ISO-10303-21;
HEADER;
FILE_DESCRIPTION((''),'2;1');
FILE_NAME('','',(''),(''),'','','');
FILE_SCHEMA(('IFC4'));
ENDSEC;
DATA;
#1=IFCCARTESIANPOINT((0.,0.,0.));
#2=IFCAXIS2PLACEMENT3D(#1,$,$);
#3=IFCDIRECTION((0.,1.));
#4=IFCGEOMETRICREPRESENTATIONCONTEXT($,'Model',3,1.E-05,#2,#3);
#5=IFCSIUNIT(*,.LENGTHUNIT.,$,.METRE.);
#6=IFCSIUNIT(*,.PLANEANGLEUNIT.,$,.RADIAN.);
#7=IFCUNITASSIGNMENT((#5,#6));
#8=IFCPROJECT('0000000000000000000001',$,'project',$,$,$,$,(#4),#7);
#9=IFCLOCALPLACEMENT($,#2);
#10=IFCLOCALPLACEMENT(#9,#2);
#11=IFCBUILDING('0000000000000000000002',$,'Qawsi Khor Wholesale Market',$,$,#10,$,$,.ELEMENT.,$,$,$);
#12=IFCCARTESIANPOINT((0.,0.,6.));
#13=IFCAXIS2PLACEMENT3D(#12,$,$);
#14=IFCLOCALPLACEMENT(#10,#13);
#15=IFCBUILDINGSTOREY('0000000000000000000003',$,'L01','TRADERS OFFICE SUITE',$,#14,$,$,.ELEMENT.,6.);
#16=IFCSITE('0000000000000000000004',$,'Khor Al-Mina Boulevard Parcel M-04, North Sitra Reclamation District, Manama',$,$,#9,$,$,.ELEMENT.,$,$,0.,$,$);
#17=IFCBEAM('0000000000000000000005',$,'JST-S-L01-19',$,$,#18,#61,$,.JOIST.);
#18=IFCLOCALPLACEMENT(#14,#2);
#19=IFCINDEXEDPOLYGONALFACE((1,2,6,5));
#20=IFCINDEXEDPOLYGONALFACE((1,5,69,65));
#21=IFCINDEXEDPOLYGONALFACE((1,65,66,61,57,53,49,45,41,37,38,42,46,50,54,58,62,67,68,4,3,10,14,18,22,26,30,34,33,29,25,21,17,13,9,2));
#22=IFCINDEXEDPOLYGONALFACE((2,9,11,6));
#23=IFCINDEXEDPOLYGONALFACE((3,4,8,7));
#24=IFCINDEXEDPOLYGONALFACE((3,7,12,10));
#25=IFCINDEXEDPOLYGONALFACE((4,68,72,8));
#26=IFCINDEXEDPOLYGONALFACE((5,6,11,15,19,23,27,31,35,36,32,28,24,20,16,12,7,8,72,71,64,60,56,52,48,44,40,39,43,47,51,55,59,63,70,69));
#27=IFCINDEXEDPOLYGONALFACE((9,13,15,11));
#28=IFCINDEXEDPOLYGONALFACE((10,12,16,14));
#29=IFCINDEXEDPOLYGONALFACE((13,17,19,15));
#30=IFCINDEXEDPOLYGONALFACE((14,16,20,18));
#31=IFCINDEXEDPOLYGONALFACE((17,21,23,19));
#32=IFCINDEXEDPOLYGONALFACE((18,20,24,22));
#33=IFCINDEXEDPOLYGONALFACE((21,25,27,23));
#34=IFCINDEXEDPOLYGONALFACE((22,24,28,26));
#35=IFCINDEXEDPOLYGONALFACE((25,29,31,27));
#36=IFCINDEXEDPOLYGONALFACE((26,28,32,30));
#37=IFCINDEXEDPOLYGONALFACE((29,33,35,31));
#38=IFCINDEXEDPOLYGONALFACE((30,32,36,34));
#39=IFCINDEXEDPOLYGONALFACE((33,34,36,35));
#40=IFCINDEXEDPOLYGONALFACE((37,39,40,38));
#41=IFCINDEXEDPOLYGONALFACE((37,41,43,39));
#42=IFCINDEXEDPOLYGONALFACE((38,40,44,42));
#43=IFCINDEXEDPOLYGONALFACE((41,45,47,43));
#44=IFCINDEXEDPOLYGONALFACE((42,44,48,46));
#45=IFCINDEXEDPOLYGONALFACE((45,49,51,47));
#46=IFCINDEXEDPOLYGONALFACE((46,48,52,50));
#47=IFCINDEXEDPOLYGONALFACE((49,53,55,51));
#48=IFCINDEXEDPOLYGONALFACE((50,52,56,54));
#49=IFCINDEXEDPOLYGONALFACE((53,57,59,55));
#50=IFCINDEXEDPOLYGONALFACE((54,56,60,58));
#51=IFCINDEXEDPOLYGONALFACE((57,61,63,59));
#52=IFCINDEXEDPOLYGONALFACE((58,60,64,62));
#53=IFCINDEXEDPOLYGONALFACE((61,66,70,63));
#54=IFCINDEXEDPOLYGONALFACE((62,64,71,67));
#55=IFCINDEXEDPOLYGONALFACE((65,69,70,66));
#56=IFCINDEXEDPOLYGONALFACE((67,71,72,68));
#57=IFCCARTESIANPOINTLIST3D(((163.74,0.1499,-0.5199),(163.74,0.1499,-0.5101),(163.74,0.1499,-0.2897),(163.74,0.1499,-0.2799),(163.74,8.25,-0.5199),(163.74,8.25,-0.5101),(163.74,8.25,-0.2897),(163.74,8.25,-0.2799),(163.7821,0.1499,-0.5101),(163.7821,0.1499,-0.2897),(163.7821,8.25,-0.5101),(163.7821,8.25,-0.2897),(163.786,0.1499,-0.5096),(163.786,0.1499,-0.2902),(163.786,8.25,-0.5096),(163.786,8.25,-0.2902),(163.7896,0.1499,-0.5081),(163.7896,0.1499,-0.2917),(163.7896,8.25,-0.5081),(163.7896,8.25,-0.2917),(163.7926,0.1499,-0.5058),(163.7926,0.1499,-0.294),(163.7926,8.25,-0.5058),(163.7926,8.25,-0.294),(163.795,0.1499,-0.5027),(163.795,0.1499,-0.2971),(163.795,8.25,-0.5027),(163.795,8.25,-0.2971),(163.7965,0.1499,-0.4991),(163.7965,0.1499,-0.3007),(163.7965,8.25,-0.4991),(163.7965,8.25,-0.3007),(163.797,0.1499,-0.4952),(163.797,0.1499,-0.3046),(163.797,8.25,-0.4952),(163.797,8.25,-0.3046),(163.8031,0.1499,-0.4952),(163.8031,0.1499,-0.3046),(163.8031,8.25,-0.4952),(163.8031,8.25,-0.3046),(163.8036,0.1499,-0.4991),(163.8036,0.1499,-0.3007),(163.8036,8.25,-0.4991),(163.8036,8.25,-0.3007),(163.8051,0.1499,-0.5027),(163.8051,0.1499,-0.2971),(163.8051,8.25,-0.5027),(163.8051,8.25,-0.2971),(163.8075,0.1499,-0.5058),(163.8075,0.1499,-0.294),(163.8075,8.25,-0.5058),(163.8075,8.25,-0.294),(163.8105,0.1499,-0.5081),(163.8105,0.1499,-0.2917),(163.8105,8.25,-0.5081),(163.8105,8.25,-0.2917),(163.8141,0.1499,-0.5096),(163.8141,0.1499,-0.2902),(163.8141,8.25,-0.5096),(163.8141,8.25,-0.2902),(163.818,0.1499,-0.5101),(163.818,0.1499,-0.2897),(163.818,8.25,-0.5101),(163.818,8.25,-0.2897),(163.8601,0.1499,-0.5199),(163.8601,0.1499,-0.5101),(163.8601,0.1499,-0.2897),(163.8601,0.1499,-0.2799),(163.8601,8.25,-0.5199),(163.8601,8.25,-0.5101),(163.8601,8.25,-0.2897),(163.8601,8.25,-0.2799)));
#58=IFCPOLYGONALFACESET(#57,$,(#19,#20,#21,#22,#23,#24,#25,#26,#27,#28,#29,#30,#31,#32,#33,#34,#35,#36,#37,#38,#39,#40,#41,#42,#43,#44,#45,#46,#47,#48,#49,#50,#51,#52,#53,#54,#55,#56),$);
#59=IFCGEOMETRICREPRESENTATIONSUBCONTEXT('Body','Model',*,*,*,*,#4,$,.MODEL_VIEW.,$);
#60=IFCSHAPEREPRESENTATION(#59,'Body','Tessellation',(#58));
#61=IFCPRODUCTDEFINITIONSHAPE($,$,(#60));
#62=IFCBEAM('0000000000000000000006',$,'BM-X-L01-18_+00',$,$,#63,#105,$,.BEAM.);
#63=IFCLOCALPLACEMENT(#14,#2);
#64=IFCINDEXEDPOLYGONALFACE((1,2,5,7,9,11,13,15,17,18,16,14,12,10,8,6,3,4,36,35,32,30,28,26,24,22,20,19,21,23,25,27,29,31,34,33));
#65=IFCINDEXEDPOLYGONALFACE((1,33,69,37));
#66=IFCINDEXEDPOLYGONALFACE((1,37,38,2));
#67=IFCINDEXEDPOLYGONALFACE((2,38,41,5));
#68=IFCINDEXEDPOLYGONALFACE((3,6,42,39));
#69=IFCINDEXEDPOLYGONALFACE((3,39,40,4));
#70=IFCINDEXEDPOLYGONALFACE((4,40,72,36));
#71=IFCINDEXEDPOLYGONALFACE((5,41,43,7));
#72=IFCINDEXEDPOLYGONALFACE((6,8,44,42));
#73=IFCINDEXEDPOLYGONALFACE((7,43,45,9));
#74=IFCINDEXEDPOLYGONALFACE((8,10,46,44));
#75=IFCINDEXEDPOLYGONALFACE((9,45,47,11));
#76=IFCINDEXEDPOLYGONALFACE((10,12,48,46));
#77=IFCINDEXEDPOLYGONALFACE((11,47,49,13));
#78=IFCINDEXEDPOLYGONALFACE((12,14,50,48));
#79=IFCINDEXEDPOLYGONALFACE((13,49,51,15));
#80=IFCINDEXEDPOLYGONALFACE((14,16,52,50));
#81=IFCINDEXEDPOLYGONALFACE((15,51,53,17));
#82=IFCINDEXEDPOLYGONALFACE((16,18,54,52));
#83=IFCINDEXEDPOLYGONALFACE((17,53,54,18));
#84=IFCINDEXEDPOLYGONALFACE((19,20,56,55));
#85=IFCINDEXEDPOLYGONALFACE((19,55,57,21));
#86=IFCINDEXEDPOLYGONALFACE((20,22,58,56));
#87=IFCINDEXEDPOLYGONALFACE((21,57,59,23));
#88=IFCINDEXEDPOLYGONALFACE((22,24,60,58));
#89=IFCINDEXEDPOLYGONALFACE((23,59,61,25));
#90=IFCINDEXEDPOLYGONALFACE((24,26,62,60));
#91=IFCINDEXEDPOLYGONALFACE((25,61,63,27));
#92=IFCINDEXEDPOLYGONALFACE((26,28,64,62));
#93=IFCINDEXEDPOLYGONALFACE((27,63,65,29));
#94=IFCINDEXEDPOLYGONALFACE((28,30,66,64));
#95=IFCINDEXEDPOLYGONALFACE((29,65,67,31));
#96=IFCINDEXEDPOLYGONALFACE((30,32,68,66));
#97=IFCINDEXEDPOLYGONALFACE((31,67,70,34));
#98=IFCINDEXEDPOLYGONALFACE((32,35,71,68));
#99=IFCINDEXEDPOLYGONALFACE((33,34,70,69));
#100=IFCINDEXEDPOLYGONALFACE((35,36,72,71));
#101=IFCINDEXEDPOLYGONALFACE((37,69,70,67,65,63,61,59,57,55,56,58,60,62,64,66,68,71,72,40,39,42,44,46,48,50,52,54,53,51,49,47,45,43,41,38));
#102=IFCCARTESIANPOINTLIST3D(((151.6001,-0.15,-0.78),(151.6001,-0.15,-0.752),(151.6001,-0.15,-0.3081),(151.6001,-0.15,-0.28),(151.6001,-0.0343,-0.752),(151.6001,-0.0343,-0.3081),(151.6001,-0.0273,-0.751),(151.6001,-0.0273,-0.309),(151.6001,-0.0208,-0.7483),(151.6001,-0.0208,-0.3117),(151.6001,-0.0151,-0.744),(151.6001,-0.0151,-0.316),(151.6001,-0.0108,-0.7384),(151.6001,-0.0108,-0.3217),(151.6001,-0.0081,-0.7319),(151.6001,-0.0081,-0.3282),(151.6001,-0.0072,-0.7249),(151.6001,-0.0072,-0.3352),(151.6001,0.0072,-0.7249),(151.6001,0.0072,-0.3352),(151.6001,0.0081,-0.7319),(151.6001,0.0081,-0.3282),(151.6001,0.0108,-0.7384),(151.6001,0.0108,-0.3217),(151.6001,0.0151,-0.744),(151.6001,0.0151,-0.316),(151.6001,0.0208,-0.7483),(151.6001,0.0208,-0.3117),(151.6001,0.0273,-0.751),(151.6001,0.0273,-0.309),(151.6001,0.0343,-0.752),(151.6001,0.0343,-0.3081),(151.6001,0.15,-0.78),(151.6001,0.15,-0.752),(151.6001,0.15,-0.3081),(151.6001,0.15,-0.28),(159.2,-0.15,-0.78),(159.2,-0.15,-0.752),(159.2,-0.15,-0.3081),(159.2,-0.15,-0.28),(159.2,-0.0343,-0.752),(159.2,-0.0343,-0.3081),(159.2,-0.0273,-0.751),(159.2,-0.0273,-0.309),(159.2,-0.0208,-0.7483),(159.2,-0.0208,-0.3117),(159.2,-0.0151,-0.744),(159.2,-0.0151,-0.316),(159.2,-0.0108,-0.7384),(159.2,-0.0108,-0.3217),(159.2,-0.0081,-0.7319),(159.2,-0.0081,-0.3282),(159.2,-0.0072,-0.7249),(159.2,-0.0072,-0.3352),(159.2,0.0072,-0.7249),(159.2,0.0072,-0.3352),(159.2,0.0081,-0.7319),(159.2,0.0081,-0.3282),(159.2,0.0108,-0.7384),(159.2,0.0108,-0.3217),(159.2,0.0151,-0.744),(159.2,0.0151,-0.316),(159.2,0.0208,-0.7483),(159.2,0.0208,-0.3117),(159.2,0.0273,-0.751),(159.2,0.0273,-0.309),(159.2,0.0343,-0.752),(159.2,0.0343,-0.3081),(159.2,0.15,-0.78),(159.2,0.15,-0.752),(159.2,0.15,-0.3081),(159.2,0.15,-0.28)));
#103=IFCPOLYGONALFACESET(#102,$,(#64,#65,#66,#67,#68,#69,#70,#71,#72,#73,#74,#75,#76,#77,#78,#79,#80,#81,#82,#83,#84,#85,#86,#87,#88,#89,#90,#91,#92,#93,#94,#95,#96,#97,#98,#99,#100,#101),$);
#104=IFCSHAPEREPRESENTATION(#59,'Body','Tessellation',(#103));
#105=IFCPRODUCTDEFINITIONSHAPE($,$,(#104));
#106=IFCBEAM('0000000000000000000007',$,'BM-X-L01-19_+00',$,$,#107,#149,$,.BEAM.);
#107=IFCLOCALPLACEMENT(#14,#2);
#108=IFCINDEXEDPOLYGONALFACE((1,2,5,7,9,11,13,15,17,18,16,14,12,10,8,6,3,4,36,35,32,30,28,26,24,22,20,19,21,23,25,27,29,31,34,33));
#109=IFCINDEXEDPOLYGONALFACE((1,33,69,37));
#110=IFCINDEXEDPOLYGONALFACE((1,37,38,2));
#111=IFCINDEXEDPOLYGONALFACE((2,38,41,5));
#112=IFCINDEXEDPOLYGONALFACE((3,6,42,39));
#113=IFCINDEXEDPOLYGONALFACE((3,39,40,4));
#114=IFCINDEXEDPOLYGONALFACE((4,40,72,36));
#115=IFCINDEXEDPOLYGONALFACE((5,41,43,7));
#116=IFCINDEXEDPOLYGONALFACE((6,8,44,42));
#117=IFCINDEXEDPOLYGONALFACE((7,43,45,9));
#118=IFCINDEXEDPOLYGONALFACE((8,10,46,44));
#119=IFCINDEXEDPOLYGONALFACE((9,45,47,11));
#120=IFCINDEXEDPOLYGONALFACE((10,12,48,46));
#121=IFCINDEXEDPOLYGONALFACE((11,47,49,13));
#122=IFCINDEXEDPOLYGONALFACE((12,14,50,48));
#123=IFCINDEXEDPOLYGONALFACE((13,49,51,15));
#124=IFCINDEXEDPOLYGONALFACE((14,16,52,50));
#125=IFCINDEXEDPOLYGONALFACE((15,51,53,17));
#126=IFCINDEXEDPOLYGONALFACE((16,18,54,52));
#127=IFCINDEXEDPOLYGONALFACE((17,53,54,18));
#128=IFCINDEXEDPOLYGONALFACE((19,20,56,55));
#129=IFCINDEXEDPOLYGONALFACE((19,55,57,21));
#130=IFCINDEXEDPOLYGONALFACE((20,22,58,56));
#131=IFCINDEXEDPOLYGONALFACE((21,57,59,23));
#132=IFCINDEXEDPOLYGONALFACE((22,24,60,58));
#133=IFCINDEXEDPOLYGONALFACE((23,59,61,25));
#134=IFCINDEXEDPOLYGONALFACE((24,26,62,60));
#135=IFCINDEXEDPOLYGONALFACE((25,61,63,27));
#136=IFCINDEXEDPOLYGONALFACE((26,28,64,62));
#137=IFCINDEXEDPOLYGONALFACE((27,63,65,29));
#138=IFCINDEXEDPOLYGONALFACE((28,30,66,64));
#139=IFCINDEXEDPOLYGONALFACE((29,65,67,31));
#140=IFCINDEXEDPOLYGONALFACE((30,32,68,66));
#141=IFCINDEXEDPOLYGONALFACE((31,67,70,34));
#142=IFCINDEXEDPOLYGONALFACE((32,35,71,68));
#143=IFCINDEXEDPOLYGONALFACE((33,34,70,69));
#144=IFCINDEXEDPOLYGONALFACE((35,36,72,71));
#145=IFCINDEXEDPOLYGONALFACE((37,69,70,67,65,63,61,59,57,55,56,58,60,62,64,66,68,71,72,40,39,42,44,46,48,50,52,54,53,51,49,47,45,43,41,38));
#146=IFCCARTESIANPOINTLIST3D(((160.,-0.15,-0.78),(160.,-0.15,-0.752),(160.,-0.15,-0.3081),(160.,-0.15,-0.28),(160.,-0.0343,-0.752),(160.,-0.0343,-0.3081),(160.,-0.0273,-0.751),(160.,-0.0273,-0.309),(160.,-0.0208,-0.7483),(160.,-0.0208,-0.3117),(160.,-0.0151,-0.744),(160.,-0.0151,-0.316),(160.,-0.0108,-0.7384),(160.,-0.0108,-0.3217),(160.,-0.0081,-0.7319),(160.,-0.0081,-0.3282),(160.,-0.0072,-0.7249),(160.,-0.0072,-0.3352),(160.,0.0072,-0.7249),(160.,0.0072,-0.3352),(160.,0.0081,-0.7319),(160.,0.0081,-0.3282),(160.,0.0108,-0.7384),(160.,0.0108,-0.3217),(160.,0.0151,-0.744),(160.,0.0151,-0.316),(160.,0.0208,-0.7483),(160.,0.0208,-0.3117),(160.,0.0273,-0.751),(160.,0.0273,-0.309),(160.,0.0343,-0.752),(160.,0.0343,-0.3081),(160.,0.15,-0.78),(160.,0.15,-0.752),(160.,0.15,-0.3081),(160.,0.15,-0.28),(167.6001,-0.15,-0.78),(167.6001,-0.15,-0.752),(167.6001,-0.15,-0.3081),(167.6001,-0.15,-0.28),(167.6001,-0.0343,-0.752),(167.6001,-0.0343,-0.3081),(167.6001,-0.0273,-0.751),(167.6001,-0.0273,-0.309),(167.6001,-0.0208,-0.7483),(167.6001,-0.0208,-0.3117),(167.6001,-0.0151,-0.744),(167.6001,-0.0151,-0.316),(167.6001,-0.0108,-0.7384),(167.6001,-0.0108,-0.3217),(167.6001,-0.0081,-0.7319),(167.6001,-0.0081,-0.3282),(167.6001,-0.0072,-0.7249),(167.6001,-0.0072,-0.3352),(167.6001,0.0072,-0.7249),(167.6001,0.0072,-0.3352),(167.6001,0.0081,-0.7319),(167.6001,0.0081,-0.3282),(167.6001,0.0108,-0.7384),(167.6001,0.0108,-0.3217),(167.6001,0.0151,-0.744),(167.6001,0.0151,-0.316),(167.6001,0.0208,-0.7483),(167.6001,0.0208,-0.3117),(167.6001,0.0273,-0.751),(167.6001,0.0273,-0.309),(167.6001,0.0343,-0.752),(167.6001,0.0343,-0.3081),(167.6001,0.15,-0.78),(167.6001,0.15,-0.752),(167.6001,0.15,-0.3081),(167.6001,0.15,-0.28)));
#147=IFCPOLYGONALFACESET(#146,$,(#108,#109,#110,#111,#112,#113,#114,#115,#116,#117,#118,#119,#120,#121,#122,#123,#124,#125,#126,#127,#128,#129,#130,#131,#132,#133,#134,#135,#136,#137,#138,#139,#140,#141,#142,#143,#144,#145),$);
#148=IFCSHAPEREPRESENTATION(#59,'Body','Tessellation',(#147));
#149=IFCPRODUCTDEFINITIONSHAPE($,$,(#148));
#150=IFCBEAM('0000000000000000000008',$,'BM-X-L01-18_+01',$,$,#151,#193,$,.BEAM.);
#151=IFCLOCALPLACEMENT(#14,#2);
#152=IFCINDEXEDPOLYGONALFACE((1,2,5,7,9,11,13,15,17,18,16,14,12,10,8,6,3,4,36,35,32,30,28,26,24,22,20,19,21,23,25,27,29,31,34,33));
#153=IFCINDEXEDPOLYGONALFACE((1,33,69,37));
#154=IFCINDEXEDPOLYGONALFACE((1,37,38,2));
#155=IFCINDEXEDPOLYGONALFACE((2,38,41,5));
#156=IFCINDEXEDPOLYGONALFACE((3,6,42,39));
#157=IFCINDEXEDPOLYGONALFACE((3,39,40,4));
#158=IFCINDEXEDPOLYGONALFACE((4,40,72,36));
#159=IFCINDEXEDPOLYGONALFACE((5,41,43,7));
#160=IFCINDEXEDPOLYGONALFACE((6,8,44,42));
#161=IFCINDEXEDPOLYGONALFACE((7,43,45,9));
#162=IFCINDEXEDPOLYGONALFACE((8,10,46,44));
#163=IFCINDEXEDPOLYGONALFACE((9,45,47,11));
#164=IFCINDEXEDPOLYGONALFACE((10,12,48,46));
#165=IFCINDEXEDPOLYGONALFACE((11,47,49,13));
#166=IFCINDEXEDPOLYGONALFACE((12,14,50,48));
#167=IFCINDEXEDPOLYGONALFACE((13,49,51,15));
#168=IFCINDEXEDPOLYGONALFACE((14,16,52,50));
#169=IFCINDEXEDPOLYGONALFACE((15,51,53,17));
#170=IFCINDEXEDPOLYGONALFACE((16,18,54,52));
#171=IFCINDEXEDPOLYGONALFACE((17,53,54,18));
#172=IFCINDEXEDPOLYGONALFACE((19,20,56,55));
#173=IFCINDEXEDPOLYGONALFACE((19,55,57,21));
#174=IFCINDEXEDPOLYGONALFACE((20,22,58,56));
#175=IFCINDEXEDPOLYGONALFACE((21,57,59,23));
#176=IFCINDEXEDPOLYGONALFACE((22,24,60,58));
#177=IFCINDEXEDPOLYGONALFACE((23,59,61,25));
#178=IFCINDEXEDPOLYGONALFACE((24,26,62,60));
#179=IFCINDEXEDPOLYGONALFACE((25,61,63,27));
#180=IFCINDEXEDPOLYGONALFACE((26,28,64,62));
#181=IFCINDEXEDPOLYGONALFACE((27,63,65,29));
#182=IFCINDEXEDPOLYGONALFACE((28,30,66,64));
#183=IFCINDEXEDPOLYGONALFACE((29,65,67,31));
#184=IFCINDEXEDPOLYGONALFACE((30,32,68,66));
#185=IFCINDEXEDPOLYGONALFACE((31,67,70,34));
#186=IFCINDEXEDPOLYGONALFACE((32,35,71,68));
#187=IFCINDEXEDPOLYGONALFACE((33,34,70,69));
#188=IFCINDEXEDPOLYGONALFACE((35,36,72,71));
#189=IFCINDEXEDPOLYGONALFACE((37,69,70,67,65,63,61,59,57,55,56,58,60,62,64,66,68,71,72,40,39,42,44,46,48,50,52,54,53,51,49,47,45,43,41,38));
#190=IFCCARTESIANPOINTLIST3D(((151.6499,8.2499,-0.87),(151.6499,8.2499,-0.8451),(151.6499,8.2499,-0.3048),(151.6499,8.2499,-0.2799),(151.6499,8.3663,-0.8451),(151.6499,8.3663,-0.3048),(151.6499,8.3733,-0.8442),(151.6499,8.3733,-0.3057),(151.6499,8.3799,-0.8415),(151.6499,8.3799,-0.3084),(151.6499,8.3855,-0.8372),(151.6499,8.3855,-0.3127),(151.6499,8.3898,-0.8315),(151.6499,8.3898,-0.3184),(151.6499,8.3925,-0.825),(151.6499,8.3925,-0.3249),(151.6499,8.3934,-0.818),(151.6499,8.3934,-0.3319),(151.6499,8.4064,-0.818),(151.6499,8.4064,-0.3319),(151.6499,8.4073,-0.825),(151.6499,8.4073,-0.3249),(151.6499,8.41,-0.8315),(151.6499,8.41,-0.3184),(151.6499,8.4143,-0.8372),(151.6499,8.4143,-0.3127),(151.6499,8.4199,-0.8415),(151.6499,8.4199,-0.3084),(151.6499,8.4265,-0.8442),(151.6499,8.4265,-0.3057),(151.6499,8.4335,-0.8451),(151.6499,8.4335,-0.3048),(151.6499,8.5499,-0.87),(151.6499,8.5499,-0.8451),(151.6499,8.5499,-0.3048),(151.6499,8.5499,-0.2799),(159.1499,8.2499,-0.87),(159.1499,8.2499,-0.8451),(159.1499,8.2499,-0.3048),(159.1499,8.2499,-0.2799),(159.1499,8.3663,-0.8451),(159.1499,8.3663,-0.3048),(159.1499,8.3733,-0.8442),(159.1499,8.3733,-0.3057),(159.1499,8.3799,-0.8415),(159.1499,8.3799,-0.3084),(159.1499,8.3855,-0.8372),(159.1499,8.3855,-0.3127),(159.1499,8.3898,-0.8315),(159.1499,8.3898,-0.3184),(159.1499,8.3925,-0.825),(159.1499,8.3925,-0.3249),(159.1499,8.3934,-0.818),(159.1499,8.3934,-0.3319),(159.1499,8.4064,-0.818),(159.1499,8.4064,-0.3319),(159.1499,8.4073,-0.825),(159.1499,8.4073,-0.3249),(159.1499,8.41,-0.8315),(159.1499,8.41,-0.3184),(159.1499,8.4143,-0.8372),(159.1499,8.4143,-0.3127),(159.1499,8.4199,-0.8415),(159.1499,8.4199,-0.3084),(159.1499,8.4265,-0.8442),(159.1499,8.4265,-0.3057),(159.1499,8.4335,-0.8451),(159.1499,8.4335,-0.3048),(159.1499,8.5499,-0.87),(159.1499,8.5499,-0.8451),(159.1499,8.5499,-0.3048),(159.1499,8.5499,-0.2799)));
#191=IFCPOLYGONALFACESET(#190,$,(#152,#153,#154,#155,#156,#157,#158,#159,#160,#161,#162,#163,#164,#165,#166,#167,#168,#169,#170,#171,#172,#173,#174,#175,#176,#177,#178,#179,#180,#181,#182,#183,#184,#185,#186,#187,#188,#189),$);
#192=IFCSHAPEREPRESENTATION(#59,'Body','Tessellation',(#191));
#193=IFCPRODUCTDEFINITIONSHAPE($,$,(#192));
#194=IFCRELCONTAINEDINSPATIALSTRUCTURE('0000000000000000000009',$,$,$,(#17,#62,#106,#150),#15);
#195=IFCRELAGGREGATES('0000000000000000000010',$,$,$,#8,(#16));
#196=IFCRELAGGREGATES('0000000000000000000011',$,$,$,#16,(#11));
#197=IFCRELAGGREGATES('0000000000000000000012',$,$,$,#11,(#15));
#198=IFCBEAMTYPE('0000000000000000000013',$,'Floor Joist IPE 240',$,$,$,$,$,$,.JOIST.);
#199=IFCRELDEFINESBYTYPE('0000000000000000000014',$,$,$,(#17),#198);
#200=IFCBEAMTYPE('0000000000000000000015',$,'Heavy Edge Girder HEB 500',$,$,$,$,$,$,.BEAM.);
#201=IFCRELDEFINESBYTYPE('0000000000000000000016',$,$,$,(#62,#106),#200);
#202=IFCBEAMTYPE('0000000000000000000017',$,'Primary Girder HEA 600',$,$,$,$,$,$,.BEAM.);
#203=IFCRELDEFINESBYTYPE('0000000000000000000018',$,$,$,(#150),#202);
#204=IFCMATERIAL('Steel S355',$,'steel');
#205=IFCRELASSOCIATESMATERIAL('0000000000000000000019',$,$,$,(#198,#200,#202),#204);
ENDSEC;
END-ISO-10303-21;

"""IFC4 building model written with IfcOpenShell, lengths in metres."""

from ifc_helpers import new_model, si_unit, direction, frame, origin, origin_2d, place, context, subcontext, project, spatial, i_section, extrude, material, material_profile, profile_set, type_object, element, save


model = new_model("IFC4")

# Units and contexts
model_context = context("Model", 3, precision=1e-05, world=origin(), true_north=direction((0.0, 1.0)))
body_context = subcontext(model_context, "Body", "Model", "MODEL_VIEW")
ifc_project = project(units=[si_unit("LENGTHUNIT", "METRE"), si_unit("PLANEANGLEUNIT", "RADIAN")], contexts=[model_context])

# Site, building, storey
site_placement = place(None, origin())
site = spatial("IfcSite", under=ifc_project, at=site_placement, Name="Khor Al-Mina Boulevard Parcel M-04, North Sitra Reclamation District, Manama", CompositionType="ELEMENT", RefElevation=0.0)
building_placement = place(site_placement, origin())
building = spatial("IfcBuilding", under=site, at=building_placement, Name="Qawsi Khor Wholesale Market", CompositionType="ELEMENT")
storey_placement = place(building_placement, frame((0.0, 0.0, 6.0)))
storey = spatial("IfcBuildingStorey", under=building, at=storey_placement, Name="L01", Description="TRADERS OFFICE SUITE", CompositionType="ELEMENT", Elevation=6.0)

# Beams
ifc_material_1 = material(Name="Steel S355", Category="steel")
ifc_material_profile_1 = material_profile(ifc_material_1, i_section(OverallWidth=0.1201, OverallDepth=0.24, WebThickness=0.0061, FlangeThickness=0.0098, FilletRadius=0.0149, at=origin_2d()), Name="IPE 240")
ifc_profile_set_1 = profile_set([ifc_material_profile_1], Name="Steel S355")
beam_type_1 = type_object("IfcBeamType", Name="Floor Joist IPE 240", PredefinedType="JOIST", material=ifc_profile_set_1)
for number, where, z_axis, x_axis, name in (
    (1, (163.8, 0.1499, -0.3999), (0.0, 1.0, 0.0), (-1.0, 0.0, 0.0), "JST-S-L01-19"),
):
    element("IfcBeam", number, at=place(storey_placement, frame(where, z_axis=z_axis, x_axis=x_axis)), inside=storey, type_object=beam_type_1, Name=name, PredefinedType="JOIST", context=body_context, shape_type="SweptSolid", body=[
        extrude(i_section(OverallWidth=0.1201, OverallDepth=0.24, WebThickness=0.0061, FlangeThickness=0.0098, FilletRadius=0.0149, at=origin_2d()), origin(), (0.0, 0.0, 1.0), 8.1001),
    ])
ifc_material_profile_2 = material_profile(ifc_material_1, i_section(OverallWidth=0.3, OverallDepth=0.5, WebThickness=0.0144, FlangeThickness=0.0281, FilletRadius=0.0271, at=origin_2d()), Name="HEB 500")
ifc_profile_set_2 = profile_set([ifc_material_profile_2], Name="Steel S355")
beam_type_2 = type_object("IfcBeamType", Name="Heavy Edge Girder HEB 500", PredefinedType="BEAM", material=ifc_profile_set_2)
beam_1_placement = place(storey_placement, frame((151.6001, 0.0, -0.53), z_axis=(1.0, 0.0, 0.0), x_axis=(0.0, 1.0, 0.0)))
element("IfcBeam", 2, at=beam_1_placement, inside=storey, type_object=beam_type_2, Name="BM-X-L01-18_+00", PredefinedType="BEAM", context=body_context, shape_type="SweptSolid", body=[
    extrude(i_section(OverallWidth=0.3, OverallDepth=0.5, WebThickness=0.0144, FlangeThickness=0.0281, FilletRadius=0.0271, at=origin_2d()), origin(), (0.0, 0.0, 1.0), 7.5999),
])
beam_2_placement = place(storey_placement, frame((160.0, 0.0, -0.53), z_axis=(1.0, 0.0, 0.0), x_axis=(0.0, 1.0, 0.0)))
element("IfcBeam", 3, at=beam_2_placement, inside=storey, type_object=beam_type_2, Name="BM-X-L01-19_+00", PredefinedType="BEAM", context=body_context, shape_type="SweptSolid", body=[
    extrude(i_section(OverallWidth=0.3, OverallDepth=0.5, WebThickness=0.0144, FlangeThickness=0.0281, FilletRadius=0.0271, at=origin_2d()), origin(), (0.0, 0.0, 1.0), 7.6001),
])
ifc_material_profile_3 = material_profile(ifc_material_1, i_section(OverallWidth=0.3, OverallDepth=0.5901, WebThickness=0.0129, FlangeThickness=0.0249, FilletRadius=0.0271, at=origin_2d()), Name="HEA 600")
ifc_profile_set_3 = profile_set([ifc_material_profile_3], Name="Steel S355")
beam_type_3 = type_object("IfcBeamType", Name="Primary Girder HEA 600", PredefinedType="BEAM", material=ifc_profile_set_3)
for number, where, z_axis, x_axis, name in (
    (4, (151.6499, 8.3999, -0.575), (1.0, 0.0, 0.0), (0.0, 1.0, 0.0), "BM-X-L01-18_+01"),
):
    element("IfcBeam", number, at=place(storey_placement, frame(where, z_axis=z_axis, x_axis=x_axis)), inside=storey, type_object=beam_type_3, Name=name, PredefinedType="BEAM", context=body_context, shape_type="SweptSolid", body=[
        extrude(i_section(OverallWidth=0.3, OverallDepth=0.5901, WebThickness=0.0129, FlangeThickness=0.0249, FilletRadius=0.0271, at=origin_2d()), origin(), (0.0, 0.0, 1.0), 7.5),
    ])

save(model, "model.ifc")
